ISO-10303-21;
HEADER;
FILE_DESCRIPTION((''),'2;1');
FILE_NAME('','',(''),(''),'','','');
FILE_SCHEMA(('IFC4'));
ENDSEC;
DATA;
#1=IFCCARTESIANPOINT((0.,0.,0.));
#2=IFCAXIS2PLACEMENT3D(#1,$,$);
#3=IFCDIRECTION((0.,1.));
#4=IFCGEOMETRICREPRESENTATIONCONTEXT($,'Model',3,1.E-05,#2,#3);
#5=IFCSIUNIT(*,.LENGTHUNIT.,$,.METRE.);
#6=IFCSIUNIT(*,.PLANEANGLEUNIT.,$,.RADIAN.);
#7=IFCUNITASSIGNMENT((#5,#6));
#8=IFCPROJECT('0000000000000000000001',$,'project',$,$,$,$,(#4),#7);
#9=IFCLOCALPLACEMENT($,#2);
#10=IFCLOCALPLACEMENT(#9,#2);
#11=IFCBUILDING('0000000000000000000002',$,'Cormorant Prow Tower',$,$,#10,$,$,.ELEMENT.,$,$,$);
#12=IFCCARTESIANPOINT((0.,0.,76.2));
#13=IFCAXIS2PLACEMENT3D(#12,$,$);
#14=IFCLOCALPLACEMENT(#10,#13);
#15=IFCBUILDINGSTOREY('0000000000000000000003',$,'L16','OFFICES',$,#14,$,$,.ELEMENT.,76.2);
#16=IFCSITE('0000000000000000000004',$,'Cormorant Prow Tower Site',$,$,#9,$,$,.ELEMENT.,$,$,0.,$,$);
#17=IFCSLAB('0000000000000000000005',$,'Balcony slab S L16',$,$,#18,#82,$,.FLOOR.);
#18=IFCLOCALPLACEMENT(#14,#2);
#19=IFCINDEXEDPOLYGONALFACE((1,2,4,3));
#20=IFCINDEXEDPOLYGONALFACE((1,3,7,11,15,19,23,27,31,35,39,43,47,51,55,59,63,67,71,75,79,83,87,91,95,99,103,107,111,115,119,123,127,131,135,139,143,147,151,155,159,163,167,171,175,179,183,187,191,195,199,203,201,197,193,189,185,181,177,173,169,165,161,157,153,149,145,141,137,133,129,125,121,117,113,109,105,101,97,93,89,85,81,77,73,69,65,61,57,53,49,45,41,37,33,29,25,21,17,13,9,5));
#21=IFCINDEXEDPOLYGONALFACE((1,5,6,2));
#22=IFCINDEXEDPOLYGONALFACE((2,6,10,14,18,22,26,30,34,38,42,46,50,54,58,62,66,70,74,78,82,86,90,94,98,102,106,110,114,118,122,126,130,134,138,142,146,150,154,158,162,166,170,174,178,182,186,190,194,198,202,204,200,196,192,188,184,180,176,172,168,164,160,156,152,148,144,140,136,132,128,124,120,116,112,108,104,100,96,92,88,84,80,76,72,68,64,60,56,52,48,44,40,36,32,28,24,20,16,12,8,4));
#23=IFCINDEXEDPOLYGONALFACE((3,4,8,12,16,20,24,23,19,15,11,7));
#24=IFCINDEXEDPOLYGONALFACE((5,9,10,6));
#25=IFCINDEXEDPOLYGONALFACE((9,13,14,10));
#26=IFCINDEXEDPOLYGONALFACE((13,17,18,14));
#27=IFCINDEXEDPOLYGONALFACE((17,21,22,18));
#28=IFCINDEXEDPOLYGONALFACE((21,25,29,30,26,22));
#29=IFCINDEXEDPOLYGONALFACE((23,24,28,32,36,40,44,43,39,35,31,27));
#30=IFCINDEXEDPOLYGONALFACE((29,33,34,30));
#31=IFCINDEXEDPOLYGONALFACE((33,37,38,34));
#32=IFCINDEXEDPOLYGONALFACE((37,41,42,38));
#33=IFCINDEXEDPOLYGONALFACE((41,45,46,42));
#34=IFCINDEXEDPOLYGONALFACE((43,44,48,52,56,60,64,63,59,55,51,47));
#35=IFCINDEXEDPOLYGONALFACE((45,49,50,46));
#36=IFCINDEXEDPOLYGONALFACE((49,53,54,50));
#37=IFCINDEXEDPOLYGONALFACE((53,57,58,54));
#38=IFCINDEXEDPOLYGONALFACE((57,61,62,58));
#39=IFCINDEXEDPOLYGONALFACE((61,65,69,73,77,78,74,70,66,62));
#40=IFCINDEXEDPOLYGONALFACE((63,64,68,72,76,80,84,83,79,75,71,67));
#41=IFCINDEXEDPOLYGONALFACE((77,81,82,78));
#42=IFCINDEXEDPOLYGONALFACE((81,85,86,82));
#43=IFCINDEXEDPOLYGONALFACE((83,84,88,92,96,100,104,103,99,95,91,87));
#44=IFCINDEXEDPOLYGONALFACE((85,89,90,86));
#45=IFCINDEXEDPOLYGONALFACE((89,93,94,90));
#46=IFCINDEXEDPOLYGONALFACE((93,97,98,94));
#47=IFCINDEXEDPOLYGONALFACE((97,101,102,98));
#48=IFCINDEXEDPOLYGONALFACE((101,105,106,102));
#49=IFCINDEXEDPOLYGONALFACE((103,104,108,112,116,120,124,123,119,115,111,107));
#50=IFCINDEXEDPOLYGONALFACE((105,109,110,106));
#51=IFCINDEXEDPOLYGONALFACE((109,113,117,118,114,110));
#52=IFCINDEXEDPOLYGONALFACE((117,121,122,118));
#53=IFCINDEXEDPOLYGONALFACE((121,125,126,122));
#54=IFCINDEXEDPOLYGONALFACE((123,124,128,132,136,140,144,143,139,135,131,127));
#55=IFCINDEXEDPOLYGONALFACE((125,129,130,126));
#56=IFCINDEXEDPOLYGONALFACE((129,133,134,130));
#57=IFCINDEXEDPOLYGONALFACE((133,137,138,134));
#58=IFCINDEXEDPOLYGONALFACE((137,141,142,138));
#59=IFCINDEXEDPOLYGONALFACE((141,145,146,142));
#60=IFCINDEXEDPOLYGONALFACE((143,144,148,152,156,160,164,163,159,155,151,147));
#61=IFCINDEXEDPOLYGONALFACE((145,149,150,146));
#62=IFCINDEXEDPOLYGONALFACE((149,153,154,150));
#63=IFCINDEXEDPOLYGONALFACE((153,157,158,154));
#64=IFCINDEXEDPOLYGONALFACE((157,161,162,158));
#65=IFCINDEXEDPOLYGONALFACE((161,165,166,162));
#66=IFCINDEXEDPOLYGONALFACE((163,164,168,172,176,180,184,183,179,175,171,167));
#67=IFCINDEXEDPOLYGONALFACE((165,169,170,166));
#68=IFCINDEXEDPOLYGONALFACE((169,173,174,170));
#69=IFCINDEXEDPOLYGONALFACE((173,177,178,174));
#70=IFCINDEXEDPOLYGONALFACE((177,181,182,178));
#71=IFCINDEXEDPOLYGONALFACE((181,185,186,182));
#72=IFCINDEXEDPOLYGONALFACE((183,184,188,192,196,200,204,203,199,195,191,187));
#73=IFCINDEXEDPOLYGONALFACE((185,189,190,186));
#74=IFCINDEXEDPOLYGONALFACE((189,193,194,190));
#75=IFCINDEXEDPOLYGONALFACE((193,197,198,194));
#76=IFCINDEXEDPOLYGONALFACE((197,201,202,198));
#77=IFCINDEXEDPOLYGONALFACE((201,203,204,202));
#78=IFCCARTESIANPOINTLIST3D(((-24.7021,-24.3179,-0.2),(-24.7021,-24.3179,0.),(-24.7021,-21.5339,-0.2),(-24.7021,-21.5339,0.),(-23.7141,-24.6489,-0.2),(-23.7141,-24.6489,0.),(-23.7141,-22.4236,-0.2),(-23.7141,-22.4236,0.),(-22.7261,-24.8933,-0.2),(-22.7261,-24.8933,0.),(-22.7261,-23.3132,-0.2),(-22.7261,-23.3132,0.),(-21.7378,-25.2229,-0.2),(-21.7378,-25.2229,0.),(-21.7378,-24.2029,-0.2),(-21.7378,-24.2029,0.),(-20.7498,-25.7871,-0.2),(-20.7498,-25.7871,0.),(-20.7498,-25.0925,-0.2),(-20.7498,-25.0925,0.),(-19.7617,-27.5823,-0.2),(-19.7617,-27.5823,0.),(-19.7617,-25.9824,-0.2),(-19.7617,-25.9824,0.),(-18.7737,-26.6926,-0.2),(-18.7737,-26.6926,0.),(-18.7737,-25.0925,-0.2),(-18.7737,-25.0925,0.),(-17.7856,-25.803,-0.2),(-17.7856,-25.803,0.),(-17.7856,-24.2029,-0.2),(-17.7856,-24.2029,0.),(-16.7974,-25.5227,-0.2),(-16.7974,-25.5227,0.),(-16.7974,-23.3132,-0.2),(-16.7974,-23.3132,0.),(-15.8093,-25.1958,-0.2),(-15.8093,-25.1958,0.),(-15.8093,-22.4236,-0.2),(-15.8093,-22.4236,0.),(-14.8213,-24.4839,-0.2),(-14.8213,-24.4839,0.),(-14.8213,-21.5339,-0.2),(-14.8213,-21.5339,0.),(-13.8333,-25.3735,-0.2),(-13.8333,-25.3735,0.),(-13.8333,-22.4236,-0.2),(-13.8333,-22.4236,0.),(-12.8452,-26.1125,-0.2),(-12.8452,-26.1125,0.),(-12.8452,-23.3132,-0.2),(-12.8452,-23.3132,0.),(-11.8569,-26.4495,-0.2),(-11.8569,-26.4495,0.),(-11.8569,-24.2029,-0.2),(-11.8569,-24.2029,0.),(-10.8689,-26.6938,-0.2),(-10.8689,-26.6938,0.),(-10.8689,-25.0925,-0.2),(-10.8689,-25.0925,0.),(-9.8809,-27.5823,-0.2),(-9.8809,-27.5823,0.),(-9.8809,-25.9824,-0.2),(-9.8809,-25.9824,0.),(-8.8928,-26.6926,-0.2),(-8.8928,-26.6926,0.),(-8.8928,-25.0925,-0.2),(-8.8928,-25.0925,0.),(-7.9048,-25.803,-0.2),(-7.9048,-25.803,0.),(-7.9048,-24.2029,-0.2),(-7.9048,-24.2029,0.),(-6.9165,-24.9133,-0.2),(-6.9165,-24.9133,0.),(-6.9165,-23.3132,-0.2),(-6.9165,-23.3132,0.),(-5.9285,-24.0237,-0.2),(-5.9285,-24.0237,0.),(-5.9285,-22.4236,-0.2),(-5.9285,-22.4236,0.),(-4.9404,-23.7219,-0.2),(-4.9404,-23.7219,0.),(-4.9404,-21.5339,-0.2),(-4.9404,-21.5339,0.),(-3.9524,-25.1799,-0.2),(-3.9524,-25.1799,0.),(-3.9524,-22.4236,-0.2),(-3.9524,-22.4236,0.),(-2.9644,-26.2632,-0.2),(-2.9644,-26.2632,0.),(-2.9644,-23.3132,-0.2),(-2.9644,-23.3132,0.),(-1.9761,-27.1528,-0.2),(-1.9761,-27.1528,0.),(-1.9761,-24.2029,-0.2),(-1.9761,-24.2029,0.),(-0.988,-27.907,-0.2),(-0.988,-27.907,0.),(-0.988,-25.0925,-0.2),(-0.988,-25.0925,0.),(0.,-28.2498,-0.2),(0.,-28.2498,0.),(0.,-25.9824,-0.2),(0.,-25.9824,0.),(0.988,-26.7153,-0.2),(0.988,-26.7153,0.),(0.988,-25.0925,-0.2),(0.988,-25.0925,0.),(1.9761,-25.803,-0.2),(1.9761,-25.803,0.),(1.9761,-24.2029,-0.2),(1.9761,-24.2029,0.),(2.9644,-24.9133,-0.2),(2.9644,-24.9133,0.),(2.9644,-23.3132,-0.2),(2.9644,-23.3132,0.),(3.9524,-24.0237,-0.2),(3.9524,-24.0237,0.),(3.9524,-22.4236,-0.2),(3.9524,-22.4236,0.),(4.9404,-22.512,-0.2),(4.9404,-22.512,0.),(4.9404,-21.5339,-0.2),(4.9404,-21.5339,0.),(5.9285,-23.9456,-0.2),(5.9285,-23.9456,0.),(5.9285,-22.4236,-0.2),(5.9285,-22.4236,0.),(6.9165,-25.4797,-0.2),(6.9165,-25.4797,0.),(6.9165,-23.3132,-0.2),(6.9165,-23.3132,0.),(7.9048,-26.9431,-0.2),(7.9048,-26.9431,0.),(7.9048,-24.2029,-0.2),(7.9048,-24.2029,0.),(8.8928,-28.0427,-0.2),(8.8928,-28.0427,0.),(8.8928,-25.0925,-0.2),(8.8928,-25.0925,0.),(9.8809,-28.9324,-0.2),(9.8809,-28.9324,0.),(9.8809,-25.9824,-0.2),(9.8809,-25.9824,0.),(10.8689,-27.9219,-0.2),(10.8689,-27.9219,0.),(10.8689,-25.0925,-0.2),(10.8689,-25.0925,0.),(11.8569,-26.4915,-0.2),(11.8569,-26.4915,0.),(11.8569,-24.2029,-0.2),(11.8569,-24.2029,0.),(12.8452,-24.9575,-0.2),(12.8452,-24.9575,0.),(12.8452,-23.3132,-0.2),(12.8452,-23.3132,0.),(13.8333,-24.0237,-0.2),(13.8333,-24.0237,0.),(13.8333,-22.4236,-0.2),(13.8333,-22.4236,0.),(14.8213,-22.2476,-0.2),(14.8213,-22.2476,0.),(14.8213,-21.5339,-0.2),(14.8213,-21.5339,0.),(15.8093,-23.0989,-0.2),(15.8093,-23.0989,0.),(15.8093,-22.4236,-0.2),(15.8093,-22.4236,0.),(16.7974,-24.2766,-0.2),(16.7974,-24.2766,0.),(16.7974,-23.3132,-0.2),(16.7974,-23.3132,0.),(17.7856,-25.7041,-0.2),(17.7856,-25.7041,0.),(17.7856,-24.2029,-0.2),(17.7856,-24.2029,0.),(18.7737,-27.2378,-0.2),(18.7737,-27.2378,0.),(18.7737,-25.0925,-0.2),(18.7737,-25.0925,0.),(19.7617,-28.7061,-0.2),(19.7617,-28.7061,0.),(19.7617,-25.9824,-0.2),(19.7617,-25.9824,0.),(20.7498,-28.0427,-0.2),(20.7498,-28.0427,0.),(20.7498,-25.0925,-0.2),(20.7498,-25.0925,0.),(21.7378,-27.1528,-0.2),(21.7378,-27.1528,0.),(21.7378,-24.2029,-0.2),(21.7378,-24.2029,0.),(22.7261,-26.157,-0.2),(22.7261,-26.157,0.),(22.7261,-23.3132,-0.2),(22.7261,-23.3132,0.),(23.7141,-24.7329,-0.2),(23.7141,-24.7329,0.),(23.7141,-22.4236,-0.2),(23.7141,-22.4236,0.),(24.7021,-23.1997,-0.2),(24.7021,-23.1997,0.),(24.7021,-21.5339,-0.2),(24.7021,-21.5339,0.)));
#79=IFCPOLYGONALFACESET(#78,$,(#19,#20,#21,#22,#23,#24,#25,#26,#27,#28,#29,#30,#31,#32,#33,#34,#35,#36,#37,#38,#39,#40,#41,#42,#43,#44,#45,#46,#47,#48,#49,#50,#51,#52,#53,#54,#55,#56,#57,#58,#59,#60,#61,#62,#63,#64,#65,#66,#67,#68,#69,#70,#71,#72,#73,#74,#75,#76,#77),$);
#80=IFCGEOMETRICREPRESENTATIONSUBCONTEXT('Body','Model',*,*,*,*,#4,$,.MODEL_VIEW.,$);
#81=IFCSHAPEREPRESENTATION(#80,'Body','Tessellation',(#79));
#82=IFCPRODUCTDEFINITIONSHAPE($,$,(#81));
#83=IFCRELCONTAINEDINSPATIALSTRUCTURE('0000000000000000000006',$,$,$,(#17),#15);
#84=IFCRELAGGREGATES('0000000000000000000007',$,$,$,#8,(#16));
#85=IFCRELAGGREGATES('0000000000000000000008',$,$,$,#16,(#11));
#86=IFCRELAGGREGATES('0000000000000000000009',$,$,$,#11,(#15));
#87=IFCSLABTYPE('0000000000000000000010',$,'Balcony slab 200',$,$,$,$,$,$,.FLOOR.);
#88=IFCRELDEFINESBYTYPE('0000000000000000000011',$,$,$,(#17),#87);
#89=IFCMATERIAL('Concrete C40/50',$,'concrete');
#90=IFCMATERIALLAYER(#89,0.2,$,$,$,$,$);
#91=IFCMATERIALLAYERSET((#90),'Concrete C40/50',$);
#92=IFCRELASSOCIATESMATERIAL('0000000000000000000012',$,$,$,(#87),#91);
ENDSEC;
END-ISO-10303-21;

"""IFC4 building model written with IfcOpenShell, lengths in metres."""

from ifc_helpers import new_model, si_unit, direction, frame, origin, place, context, subcontext, project, spatial, polyline, outline, extrude, material, layer, layer_set, type_object, element, save


model = new_model("IFC4")

# Units and contexts
model_context = context("Model", 3, precision=1e-05, world=origin(), true_north=direction((0.0, 1.0)))
body_context = subcontext(model_context, "Body", "Model", "MODEL_VIEW")
ifc_project = project(units=[si_unit("LENGTHUNIT", "METRE"), si_unit("PLANEANGLEUNIT", "RADIAN")], contexts=[model_context])

# Site, building, storey
site_placement = place(None, origin())
site = spatial("IfcSite", under=ifc_project, at=site_placement, Name="Cormorant Prow Tower Site", CompositionType="ELEMENT", RefElevation=0.0)
building_placement = place(site_placement, origin())
building = spatial("IfcBuilding", under=site, at=building_placement, Name="Cormorant Prow Tower", CompositionType="ELEMENT")
storey_placement = place(building_placement, frame((0.0, 0.0, 76.2)))
storey = spatial("IfcBuildingStorey", under=building, at=storey_placement, Name="L16", Description="OFFICES", CompositionType="ELEMENT", Elevation=76.2)

# Slab
ifc_material_1 = material(Name="Concrete C40/50", Category="concrete")
ifc_layer_1 = layer(ifc_material_1, 0.2)
ifc_layer_set_1 = layer_set([ifc_layer_1], Name="Concrete C40/50")
slab_type_1 = type_object("IfcSlabType", Name="Balcony slab 200", PredefinedType="FLOOR", material=ifc_layer_set_1)
slab_1_placement = place(storey_placement, frame((0.0, 0.0, -0.2)))
element("IfcSlab", 1, at=slab_1_placement, inside=storey, type_object=slab_type_1, Name="Balcony slab S L16", PredefinedType="FLOOR", context=body_context, shape_type="SweptSolid", body=[
    extrude(outline(polyline([(-24.7021, -21.5339), (-24.7021, -24.3179), (-23.7141, -24.6489), (-22.7261, -24.8933), (-21.7378, -25.2229), (-20.7498, -25.7871), (-19.7617, -27.5823), (-18.7737, -26.6926), (-17.7856, -25.803), (-16.7974, -25.5227), (-15.8093, -25.1958), (-14.8213, -24.4839), (-13.8333, -25.3735), (-12.8452, -26.1125), (-11.8569, -26.4495), (-10.8689, -26.6938), (-9.8809, -27.5823), (-8.8928, -26.6926), (-7.9048, -25.803), (-6.9165, -24.9133), (-5.9285, -24.0237), (-4.9404, -23.7219), (-3.9524, -25.1799), (-2.9644, -26.2632), (-1.9761, -27.1528), (-0.988, -27.907), (0.0, -28.2498), (0.988, -26.7153), (1.9761, -25.803), (2.9644, -24.9133), (3.9524, -24.0237), (4.9404, -22.512), (5.9285, -23.9456), (6.9165, -25.4797), (7.9048, -26.9431), (8.8928, -28.0427), (9.8809, -28.9324), (10.8689, -27.9219), (11.8569, -26.4915), (12.8452, -24.9575), (13.8333, -24.0237), (14.8213, -22.2476), (15.8093, -23.0989), (16.7974, -24.2766), (17.7856, -25.7041), (18.7737, -27.2378), (19.7617, -28.7061), (20.7498, -28.0427), (21.7378, -27.1528), (22.7261, -26.157), (23.7141, -24.7329), (24.7021, -23.1997), (24.7021, -21.5339), (23.7141, -22.4236), (22.7261, -23.3132), (21.7378, -24.2029), (20.7498, -25.0925), (19.7617, -25.9824), (18.7737, -25.0925), (17.7856, -24.2029), (16.7974, -23.3132), (15.8093, -22.4236), (14.8213, -21.5339), (13.8333, -22.4236), (12.8452, -23.3132), (11.8569, -24.2029), (10.8689, -25.0925), (9.8809, -25.9824), (8.8928, -25.0925), (7.9048, -24.2029), (6.9165, -23.3132), (5.9285, -22.4236), (4.9404, -21.5339), (3.9524, -22.4236), (2.9644, -23.3132), (1.9761, -24.2029), (0.988, -25.0925), (0.0, -25.9824), (-0.988, -25.0925), (-1.9761, -24.2029), (-2.9644, -23.3132), (-3.9524, -22.4236), (-4.9404, -21.5339), (-5.9285, -22.4236), (-6.9165, -23.3132), (-7.9048, -24.2029), (-8.8928, -25.0925), (-9.8809, -25.9824), (-10.8689, -25.0925), (-11.8569, -24.2029), (-12.8452, -23.3132), (-13.8333, -22.4236), (-14.8213, -21.5339), (-15.8093, -22.4236), (-16.7974, -23.3132), (-17.7856, -24.2029), (-18.7737, -25.0925), (-19.7617, -25.9824), (-20.7498, -25.0925), (-21.7378, -24.2029), (-22.7261, -23.3132), (-23.7141, -22.4236), (-24.7021, -21.5339)])), origin(), (0.0, 0.0, 1.0), 0.2),
])

save(model, "model.ifc")
